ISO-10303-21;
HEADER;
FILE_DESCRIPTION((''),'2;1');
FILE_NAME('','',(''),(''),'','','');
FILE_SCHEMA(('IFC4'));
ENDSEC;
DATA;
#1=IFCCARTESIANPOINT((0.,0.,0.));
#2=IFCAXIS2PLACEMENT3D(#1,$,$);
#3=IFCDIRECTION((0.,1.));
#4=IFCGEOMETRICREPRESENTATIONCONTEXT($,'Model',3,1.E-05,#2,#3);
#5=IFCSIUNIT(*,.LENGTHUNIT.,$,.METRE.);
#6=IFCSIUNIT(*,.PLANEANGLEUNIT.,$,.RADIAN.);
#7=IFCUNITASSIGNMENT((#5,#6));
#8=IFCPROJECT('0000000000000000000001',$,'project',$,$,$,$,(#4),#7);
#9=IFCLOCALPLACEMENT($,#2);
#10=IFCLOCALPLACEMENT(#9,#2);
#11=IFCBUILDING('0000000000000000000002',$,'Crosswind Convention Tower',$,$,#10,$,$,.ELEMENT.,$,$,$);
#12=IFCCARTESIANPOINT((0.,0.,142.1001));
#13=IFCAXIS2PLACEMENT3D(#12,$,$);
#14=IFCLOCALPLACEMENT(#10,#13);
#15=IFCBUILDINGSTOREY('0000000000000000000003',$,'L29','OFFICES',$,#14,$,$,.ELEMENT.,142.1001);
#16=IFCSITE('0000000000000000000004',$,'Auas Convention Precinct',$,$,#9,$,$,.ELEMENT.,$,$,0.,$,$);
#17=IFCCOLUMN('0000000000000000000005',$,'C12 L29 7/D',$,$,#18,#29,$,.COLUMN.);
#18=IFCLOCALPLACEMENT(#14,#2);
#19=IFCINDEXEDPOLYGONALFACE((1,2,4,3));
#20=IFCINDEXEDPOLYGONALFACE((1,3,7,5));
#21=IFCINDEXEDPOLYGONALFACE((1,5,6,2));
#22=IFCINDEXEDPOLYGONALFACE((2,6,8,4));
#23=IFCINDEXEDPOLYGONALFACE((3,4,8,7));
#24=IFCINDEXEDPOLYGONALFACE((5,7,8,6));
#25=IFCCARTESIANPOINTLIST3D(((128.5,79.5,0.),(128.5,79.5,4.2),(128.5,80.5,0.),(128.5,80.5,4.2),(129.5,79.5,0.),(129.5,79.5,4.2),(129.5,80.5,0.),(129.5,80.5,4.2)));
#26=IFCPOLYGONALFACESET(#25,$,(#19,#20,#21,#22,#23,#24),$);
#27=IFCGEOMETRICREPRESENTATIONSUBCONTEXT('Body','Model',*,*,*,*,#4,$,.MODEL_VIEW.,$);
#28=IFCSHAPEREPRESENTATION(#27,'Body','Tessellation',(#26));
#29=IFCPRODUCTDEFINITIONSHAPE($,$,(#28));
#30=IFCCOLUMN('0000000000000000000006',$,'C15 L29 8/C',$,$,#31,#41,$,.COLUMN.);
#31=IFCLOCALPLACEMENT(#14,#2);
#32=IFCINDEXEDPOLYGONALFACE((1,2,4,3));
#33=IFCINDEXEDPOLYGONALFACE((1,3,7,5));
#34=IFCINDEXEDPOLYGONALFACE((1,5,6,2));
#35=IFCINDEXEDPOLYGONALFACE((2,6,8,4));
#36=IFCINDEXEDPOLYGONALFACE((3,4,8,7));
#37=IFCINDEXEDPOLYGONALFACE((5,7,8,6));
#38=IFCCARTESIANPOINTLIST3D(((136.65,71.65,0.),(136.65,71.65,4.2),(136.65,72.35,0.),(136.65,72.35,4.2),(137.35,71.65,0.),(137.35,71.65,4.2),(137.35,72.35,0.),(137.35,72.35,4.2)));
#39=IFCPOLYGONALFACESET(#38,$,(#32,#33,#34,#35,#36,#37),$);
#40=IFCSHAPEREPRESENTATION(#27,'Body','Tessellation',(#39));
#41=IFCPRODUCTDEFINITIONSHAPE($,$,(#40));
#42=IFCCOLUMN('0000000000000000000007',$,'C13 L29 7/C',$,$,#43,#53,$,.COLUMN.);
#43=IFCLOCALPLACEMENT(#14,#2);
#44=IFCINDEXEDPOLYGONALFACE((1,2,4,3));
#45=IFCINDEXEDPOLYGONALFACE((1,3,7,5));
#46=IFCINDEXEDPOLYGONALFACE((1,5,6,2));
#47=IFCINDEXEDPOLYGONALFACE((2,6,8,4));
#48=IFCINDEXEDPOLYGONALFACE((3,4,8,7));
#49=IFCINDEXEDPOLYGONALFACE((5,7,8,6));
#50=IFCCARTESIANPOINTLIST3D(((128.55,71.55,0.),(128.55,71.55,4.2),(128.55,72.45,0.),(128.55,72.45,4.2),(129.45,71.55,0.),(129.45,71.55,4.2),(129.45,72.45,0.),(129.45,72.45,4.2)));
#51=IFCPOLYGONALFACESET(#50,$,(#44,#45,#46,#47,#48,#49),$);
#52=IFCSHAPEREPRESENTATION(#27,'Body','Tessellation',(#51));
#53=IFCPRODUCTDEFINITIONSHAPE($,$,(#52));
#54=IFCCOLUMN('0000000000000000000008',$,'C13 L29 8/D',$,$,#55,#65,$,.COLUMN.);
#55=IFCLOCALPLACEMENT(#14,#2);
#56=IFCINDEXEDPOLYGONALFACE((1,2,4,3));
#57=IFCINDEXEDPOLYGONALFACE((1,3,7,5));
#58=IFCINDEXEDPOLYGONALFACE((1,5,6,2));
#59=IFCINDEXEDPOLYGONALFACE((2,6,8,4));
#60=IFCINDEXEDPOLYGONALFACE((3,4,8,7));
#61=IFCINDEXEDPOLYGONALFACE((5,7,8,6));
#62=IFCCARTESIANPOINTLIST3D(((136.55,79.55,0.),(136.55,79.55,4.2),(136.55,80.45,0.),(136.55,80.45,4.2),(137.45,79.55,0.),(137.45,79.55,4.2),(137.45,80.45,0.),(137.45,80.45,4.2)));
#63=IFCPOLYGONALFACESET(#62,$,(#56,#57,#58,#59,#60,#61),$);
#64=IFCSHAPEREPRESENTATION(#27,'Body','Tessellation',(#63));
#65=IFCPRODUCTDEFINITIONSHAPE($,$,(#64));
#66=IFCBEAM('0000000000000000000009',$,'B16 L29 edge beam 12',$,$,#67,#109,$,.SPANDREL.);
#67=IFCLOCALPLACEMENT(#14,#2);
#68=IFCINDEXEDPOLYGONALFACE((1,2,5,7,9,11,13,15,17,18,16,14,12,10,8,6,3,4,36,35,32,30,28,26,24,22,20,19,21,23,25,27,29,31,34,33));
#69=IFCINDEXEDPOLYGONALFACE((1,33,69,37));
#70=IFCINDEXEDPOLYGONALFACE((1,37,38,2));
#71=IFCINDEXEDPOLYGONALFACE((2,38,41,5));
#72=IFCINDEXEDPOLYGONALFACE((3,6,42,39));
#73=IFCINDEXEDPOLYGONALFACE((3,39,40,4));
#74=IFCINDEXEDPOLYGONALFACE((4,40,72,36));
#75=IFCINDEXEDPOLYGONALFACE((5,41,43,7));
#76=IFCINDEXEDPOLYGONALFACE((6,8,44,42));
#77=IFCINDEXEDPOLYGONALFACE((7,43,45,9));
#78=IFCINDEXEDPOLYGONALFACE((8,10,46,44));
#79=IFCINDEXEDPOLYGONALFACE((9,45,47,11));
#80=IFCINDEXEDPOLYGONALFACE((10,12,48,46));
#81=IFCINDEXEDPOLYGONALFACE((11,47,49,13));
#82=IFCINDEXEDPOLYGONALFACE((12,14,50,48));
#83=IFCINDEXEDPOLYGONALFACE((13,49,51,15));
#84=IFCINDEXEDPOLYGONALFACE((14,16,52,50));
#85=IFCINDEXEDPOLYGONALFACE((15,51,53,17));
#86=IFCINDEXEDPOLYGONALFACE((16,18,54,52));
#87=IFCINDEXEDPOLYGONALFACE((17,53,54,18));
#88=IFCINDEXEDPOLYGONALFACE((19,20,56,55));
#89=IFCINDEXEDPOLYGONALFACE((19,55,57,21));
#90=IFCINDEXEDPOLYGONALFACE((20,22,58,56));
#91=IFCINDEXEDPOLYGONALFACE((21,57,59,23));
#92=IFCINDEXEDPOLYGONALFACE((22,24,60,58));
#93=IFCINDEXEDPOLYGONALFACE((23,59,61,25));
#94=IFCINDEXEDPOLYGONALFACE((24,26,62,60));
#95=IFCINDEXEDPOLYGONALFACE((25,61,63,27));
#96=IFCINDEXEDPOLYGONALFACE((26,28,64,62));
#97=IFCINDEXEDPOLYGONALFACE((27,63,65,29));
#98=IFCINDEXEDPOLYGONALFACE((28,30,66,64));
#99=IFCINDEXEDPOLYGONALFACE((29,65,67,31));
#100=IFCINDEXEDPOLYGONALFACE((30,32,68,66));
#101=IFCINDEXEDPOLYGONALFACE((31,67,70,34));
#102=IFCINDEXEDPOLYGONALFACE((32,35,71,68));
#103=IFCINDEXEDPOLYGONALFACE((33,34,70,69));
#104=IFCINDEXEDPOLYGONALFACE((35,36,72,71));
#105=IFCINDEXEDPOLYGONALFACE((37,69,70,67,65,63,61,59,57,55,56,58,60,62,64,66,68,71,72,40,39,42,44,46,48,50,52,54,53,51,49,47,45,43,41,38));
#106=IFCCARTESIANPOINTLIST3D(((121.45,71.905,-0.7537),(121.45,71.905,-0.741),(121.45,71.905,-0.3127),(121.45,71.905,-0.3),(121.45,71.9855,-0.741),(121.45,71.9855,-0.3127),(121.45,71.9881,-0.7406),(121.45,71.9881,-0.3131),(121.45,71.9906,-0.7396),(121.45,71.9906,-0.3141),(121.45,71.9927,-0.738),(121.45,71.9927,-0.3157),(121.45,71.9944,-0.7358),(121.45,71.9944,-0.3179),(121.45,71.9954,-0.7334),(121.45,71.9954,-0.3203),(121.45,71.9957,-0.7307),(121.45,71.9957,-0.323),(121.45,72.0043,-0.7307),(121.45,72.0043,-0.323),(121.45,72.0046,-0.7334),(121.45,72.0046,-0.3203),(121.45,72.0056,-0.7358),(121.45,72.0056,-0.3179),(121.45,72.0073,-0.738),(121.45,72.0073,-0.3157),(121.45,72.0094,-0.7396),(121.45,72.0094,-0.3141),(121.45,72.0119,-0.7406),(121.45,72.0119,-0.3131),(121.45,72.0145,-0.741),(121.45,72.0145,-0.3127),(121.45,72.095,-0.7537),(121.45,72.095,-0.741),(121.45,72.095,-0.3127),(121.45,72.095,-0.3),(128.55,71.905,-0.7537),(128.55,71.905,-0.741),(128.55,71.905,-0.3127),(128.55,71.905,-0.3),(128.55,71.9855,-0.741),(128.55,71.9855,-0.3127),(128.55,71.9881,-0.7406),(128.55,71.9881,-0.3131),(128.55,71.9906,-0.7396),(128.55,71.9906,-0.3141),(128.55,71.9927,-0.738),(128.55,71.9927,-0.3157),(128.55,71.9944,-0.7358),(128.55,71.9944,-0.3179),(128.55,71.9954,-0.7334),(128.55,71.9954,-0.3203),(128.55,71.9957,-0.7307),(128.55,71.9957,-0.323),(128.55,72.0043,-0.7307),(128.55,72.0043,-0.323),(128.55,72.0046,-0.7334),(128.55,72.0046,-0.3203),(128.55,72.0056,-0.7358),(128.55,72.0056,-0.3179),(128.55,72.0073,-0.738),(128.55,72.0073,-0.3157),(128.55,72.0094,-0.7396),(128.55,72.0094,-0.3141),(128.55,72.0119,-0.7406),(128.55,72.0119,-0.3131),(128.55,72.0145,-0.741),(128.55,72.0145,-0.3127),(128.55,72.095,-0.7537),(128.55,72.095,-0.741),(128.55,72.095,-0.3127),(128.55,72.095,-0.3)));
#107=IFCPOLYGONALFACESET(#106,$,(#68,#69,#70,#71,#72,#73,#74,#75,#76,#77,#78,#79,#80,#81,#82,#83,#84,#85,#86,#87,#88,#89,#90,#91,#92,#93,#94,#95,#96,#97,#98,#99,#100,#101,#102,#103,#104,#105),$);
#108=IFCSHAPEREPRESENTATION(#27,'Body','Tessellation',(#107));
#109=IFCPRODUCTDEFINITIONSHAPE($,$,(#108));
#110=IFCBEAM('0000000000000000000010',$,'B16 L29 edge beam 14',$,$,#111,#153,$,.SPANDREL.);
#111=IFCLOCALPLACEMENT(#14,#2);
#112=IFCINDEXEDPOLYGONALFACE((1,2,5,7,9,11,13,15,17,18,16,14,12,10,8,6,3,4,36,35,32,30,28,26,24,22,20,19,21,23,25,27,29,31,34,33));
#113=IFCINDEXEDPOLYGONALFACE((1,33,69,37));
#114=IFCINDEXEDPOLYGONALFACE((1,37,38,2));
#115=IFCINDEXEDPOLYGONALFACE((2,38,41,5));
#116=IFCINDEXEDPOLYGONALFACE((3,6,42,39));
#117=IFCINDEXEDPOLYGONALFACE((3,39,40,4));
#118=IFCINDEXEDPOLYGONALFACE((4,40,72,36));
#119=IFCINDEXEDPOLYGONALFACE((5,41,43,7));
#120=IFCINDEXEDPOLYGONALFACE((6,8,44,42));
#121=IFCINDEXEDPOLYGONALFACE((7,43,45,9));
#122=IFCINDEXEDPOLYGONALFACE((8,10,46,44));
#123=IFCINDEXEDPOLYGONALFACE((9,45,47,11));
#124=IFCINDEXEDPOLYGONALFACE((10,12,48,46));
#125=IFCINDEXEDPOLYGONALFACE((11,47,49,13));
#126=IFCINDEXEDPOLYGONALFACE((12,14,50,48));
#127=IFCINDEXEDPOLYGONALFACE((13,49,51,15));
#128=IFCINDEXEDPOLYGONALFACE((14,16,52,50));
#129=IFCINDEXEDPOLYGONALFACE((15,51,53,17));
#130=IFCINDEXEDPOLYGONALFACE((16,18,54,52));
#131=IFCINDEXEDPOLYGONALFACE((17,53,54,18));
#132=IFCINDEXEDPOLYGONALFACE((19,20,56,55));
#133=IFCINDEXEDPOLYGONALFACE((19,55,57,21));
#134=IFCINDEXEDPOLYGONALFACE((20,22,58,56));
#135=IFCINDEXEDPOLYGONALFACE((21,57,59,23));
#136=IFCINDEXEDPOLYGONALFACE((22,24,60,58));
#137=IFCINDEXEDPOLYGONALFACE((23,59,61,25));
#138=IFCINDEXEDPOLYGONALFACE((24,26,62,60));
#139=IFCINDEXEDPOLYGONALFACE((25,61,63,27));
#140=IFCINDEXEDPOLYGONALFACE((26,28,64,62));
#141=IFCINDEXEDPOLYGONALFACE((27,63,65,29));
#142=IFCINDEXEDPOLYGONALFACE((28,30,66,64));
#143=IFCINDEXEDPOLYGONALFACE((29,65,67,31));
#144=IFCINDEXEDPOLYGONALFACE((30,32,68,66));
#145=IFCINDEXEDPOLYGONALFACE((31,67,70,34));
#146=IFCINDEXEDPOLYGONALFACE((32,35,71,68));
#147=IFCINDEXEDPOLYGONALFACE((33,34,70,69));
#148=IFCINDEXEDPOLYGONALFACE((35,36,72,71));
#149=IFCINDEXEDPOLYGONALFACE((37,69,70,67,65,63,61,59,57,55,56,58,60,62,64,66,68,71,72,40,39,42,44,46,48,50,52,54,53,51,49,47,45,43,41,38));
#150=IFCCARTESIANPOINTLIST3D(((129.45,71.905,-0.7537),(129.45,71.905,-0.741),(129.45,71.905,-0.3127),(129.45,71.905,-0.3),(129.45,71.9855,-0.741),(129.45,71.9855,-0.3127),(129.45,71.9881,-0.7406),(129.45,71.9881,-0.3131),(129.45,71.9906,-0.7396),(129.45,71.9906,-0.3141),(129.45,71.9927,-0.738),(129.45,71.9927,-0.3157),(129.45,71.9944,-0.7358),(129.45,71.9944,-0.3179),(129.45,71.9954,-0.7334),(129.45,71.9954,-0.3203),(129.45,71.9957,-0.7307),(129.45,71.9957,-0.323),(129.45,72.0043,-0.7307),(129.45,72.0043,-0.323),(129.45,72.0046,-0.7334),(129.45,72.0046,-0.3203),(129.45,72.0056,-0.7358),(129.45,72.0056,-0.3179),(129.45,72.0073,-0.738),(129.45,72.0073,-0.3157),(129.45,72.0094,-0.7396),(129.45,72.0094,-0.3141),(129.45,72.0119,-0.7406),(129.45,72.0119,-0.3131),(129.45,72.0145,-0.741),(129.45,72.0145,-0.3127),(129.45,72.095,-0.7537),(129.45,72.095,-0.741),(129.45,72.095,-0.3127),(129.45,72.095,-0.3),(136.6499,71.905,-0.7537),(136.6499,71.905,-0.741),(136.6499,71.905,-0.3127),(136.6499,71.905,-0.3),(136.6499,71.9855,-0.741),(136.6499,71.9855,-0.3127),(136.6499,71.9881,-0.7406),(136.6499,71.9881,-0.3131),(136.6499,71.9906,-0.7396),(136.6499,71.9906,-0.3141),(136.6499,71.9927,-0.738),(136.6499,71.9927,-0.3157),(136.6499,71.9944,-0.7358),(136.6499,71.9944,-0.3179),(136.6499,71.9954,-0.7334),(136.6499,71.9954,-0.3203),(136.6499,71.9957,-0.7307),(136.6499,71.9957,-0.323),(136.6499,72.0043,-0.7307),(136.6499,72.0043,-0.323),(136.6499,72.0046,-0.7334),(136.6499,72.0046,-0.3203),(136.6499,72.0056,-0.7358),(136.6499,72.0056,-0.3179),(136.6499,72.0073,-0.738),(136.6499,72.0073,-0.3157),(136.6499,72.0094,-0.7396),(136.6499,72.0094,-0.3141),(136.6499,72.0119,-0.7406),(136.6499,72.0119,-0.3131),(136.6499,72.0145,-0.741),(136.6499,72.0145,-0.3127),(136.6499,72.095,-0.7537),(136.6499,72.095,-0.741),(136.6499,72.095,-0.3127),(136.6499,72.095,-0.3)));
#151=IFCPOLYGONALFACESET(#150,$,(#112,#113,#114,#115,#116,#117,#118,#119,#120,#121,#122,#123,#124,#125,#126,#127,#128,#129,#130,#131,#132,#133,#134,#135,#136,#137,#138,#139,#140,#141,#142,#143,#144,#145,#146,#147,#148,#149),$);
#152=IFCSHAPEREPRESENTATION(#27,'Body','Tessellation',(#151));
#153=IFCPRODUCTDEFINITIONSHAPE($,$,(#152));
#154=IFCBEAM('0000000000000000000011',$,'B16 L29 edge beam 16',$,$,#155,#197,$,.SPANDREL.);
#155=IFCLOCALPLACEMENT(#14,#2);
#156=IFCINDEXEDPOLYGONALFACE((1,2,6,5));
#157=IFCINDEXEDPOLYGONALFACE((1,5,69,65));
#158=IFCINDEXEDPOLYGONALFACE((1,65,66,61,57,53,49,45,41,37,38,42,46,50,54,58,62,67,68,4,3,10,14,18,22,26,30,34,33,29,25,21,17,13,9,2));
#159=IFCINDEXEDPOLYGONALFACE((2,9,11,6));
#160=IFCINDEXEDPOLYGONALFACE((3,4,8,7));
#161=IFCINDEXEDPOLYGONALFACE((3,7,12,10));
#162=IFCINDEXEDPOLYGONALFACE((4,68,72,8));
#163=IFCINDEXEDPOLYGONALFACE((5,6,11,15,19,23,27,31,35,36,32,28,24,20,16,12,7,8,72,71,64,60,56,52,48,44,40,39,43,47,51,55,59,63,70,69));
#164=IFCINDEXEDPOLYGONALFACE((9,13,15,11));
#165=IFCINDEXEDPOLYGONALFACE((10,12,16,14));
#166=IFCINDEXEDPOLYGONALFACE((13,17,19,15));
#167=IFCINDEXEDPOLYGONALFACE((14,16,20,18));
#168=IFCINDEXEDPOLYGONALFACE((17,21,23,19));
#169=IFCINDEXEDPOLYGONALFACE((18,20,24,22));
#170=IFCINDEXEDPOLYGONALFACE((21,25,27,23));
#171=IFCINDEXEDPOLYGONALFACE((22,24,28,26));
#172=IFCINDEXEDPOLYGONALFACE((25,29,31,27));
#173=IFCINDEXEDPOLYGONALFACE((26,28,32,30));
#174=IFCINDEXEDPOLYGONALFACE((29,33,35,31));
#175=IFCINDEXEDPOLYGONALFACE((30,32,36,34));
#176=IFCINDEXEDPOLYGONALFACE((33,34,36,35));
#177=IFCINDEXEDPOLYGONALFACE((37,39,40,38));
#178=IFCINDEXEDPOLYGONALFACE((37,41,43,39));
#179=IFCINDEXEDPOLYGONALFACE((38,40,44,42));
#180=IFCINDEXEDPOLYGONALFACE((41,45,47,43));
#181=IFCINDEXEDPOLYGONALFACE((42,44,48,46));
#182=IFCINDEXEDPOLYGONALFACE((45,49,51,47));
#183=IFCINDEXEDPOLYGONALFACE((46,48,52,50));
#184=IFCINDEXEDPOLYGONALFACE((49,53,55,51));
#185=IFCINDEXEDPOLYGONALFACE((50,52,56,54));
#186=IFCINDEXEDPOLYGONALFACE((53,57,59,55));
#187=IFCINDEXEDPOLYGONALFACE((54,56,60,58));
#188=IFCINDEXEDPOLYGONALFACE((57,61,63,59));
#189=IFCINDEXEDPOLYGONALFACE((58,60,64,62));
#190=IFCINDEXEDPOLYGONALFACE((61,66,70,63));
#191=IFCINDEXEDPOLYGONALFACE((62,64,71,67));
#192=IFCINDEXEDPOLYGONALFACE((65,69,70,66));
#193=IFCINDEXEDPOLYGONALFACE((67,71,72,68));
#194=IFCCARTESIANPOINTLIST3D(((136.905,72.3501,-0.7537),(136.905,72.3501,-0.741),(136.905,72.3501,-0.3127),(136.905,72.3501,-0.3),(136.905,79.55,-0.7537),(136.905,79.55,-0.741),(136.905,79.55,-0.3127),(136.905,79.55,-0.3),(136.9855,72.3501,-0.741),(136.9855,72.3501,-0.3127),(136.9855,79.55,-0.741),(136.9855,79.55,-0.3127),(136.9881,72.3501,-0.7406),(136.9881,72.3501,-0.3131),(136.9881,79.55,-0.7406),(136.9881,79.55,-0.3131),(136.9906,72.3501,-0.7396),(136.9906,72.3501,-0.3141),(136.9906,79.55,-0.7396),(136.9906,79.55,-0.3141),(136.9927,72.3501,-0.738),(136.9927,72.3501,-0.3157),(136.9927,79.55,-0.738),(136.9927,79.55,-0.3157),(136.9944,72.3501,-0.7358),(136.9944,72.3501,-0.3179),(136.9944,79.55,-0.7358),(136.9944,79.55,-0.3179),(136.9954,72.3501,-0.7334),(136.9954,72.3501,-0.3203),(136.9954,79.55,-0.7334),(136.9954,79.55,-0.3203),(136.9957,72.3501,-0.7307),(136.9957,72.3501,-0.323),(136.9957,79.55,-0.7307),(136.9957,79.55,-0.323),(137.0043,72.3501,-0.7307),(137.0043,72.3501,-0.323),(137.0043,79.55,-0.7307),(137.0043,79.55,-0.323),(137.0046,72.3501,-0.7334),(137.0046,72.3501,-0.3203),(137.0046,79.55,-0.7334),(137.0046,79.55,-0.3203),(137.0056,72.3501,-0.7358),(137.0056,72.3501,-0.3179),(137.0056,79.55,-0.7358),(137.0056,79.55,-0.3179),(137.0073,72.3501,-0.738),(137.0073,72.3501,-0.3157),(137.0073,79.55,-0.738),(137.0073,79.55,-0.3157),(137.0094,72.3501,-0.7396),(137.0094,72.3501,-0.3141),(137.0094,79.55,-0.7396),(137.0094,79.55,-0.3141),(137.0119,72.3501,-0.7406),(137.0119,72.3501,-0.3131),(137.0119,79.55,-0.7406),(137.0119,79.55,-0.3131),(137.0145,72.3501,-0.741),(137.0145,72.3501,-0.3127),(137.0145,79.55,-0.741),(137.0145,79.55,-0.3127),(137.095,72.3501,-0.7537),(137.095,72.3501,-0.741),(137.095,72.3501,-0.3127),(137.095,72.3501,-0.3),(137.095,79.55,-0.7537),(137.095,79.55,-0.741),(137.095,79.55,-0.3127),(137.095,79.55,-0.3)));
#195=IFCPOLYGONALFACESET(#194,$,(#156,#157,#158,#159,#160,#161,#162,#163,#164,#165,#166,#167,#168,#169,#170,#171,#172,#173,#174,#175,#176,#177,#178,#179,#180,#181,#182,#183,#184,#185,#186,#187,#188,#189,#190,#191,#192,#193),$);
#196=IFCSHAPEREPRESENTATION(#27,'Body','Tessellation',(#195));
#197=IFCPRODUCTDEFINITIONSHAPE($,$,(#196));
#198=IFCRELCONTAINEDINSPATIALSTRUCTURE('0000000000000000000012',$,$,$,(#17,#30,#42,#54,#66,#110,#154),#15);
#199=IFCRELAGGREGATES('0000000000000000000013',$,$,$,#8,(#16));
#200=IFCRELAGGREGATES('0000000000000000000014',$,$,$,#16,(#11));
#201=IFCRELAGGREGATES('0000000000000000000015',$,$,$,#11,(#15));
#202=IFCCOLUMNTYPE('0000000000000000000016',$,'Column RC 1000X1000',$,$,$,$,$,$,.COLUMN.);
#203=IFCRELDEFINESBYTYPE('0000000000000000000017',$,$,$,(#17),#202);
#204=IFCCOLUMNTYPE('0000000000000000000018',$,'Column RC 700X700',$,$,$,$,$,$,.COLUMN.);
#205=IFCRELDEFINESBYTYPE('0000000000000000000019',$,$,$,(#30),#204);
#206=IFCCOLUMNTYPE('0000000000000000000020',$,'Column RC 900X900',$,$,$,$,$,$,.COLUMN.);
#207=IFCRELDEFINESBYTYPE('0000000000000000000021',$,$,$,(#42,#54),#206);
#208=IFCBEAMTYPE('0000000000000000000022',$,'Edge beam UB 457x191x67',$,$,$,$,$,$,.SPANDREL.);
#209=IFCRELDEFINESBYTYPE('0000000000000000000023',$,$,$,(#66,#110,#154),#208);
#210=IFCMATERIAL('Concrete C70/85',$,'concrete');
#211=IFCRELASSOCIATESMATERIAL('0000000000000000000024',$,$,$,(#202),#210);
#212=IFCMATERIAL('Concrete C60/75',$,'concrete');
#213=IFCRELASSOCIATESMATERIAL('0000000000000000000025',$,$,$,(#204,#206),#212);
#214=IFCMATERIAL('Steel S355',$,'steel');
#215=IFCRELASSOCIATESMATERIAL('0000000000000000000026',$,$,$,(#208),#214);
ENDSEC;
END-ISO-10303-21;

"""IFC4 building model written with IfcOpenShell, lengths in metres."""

from ifc_helpers import new_model, si_unit, direction, frame, origin, origin_2d, place, context, subcontext, project, spatial, rectangle, i_section, extrude, material, material_profile, profile_set, type_object, element, save


model = new_model("IFC4")

# Units and contexts
model_context = context("Model", 3, precision=1e-05, world=origin(), true_north=direction((0.0, 1.0)))
body_context = subcontext(model_context, "Body", "Model", "MODEL_VIEW")
ifc_project = project(units=[si_unit("LENGTHUNIT", "METRE"), si_unit("PLANEANGLEUNIT", "RADIAN")], contexts=[model_context])

# Site, building, storey
site_placement = place(None, origin())
site = spatial("IfcSite", under=ifc_project, at=site_placement, Name="Auas Convention Precinct", CompositionType="ELEMENT", RefElevation=0.0)
building_placement = place(site_placement, origin())
building = spatial("IfcBuilding", under=site, at=building_placement, Name="Crosswind Convention Tower", CompositionType="ELEMENT")
storey_placement = place(building_placement, frame((0.0, 0.0, 142.1001)))
storey = spatial("IfcBuildingStorey", under=building, at=storey_placement, Name="L29", Description="OFFICES", CompositionType="ELEMENT", Elevation=142.1001)

# Columns
ifc_material_1 = material(Name="Concrete C70/85", Category="concrete")
ifc_material_profile_1 = material_profile(ifc_material_1, rectangle(XDim=1.0, YDim=1.0, at=origin_2d()), Name="RC 1000X1000")
ifc_profile_set_1 = profile_set([ifc_material_profile_1], Name="Concrete C70/85")
column_type_1 = type_object("IfcColumnType", Name="Column RC 1000X1000", PredefinedType="COLUMN", material=ifc_profile_set_1)
column_1_placement = place(storey_placement, frame((129.0, 80.0, 0.0), z_axis=(0.0, 0.0, 1.0), x_axis=(1.0, 0.0, 0.0)))
element("IfcColumn", 1, at=column_1_placement, inside=storey, type_object=column_type_1, Name="C12 L29 7/D", PredefinedType="COLUMN", context=body_context, shape_type="SweptSolid", body=[
    extrude(rectangle(XDim=1.0, YDim=1.0, at=origin_2d()), origin(), (0.0, 0.0, 1.0), 4.2),
])
ifc_material_2 = material(Name="Concrete C60/75", Category="concrete")
ifc_material_profile_2 = material_profile(ifc_material_2, rectangle(XDim=0.7, YDim=0.7, at=origin_2d()), Name="RC 700X700")
ifc_profile_set_2 = profile_set([ifc_material_profile_2], Name="Concrete C60/75")
column_type_2 = type_object("IfcColumnType", Name="Column RC 700X700", PredefinedType="COLUMN", material=ifc_profile_set_2)
column_2_placement = place(storey_placement, frame((137.0, 72.0, 0.0), z_axis=(0.0, 0.0, 1.0), x_axis=(1.0, 0.0, 0.0)))
element("IfcColumn", 2, at=column_2_placement, inside=storey, type_object=column_type_2, Name="C15 L29 8/C", PredefinedType="COLUMN", context=body_context, shape_type="SweptSolid", body=[
    extrude(rectangle(XDim=0.7, YDim=0.7, at=origin_2d()), origin(), (0.0, 0.0, 1.0), 4.2),
])
ifc_material_profile_3 = material_profile(ifc_material_2, rectangle(XDim=0.8999, YDim=0.8999, at=origin_2d()), Name="RC 900X900")
ifc_profile_set_3 = profile_set([ifc_material_profile_3], Name="Concrete C60/75")
column_type_3 = type_object("IfcColumnType", Name="Column RC 900X900", PredefinedType="COLUMN", material=ifc_profile_set_3)
for number, where, z_axis, x_axis, name in (
    (3, (129.0, 72.0, 0.0), (0.0, 0.0, 1.0), (1.0, 0.0, 0.0), "C13 L29 7/C"),
    (4, (137.0, 80.0, 0.0), (0.0, 0.0, 1.0), (1.0, 0.0, 0.0), "C13 L29 8/D"),
):
    element("IfcColumn", number, at=place(storey_placement, frame(where, z_axis=z_axis, x_axis=x_axis)), inside=storey, type_object=column_type_3, Name=name, PredefinedType="COLUMN", context=body_context, shape_type="SweptSolid", body=[
        extrude(rectangle(XDim=0.8999, YDim=0.8999, at=origin_2d()), origin(), (0.0, 0.0, 1.0), 4.2),
    ])

# Beams
ifc_material_3 = material(Name="Steel S355", Category="steel")
ifc_material_profile_4 = material_profile(ifc_material_3, i_section(OverallWidth=0.1899, OverallDepth=0.4536, WebThickness=0.0085, FlangeThickness=0.0127, FilletRadius=0.0103, at=origin_2d()), Name="UB 457x191x67")
ifc_profile_set_4 = profile_set([ifc_material_profile_4], Name="Steel S355")
beam_type_1 = type_object("IfcBeamType", Name="Edge beam UB 457x191x67", PredefinedType="SPANDREL", material=ifc_profile_set_4)
beam_1_placement = place(storey_placement, frame((121.45, 72.0, -0.5269), z_axis=(1.0, 0.0, 0.0), x_axis=(0.0, 1.0, 0.0)))
element("IfcBeam", 5, at=beam_1_placement, inside=storey, type_object=beam_type_1, Name="B16 L29 edge beam 12", PredefinedType="SPANDREL", context=body_context, shape_type="SweptSolid", body=[
    extrude(i_section(OverallWidth=0.1899, OverallDepth=0.4536, WebThickness=0.0085, FlangeThickness=0.0127, FilletRadius=0.0103, at=origin_2d()), origin(), (0.0, 0.0, 1.0), 7.1001),
])
for number, where, z_axis, x_axis, name in (
    (6, (129.45, 72.0, -0.5269), (1.0, 0.0, 0.0), (0.0, 1.0, 0.0), "B16 L29 edge beam 14"),
    (7, (137.0, 72.3501, -0.5269), (0.0, 1.0, 0.0), (-1.0, 0.0, 0.0), "B16 L29 edge beam 16"),
):
    element("IfcBeam", number, at=place(storey_placement, frame(where, z_axis=z_axis, x_axis=x_axis)), inside=storey, type_object=beam_type_1, Name=name, PredefinedType="SPANDREL", context=body_context, shape_type="SweptSolid", body=[
        extrude(i_section(OverallWidth=0.1899, OverallDepth=0.4536, WebThickness=0.0085, FlangeThickness=0.0127, FilletRadius=0.0103, at=origin_2d()), origin(), (0.0, 0.0, 1.0), 7.2),
    ])

save(model, "model.ifc")
